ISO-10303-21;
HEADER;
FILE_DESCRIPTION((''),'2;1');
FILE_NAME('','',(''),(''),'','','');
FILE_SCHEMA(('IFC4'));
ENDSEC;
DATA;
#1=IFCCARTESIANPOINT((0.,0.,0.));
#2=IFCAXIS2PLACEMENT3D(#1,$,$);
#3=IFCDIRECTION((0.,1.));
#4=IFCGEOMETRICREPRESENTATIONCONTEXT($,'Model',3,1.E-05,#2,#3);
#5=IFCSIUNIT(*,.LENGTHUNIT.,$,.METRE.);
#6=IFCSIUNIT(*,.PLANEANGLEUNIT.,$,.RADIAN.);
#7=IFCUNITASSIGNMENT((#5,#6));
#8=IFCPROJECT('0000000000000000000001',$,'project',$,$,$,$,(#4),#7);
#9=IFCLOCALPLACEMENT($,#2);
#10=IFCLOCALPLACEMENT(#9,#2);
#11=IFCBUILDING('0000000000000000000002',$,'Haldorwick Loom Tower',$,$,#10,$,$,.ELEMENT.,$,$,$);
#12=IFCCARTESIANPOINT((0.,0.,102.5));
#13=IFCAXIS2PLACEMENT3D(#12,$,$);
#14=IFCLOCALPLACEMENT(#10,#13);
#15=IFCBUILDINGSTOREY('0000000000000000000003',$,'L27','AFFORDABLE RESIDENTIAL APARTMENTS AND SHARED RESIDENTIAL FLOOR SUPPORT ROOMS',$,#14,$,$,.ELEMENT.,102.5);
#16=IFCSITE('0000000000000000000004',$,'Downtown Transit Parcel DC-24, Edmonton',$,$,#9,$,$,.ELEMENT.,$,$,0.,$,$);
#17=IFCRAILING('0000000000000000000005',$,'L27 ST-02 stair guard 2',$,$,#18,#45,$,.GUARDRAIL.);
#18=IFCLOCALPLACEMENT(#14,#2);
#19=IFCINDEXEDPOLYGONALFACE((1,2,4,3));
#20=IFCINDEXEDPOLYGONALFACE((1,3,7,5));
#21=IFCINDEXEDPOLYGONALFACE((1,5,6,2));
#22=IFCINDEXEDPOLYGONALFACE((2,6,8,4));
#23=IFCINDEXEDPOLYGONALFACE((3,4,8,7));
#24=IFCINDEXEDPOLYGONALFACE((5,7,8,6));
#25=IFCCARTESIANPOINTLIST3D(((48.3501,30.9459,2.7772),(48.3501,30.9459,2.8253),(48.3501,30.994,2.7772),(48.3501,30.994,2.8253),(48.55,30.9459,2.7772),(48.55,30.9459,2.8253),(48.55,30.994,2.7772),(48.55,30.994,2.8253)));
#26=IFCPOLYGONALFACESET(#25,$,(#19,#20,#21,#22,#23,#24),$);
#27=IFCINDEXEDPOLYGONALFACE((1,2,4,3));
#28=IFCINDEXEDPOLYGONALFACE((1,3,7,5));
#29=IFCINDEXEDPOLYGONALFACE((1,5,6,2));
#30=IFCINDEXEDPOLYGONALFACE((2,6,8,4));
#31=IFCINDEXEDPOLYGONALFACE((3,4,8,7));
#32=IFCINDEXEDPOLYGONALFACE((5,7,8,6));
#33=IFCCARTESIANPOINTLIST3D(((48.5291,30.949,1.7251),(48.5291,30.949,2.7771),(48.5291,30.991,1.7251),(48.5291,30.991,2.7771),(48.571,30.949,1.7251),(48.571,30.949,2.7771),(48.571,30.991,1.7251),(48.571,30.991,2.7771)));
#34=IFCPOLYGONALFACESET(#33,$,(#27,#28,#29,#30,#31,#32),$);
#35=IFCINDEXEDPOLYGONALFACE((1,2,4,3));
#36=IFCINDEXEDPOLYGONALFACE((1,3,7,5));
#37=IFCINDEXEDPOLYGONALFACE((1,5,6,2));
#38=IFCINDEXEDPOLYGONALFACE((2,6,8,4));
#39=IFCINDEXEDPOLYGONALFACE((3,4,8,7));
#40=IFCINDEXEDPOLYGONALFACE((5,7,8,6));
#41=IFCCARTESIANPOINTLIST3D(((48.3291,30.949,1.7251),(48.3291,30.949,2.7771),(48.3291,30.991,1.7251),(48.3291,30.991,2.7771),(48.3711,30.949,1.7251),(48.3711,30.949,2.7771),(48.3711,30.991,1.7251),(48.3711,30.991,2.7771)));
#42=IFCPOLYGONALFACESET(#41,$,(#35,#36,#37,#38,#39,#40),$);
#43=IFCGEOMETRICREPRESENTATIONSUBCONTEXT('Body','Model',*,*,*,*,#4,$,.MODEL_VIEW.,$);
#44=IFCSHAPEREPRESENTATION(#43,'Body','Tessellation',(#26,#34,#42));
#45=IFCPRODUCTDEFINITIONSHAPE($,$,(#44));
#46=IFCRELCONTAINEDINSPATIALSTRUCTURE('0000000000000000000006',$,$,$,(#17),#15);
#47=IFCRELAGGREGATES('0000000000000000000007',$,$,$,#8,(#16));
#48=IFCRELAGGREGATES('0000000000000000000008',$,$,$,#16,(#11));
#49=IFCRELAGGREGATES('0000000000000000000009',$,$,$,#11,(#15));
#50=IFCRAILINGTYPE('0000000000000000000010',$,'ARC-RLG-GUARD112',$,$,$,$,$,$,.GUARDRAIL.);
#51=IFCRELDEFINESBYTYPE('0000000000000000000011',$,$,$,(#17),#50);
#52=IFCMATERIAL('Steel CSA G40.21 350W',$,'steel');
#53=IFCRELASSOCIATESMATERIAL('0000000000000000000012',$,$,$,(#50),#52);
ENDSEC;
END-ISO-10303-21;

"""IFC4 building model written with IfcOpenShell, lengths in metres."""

from ifc_helpers import new_model, si_unit, direction, frame, origin, origin_2d, place, context, subcontext, project, spatial, rectangle, extrude, material, type_object, element, save


model = new_model("IFC4")

# Units and contexts
model_context = context("Model", 3, precision=1e-05, world=origin(), true_north=direction((0.0, 1.0)))
body_context = subcontext(model_context, "Body", "Model", "MODEL_VIEW")
ifc_project = project(units=[si_unit("LENGTHUNIT", "METRE"), si_unit("PLANEANGLEUNIT", "RADIAN")], contexts=[model_context])

# Site, building, storey
site_placement = place(None, origin())
site = spatial("IfcSite", under=ifc_project, at=site_placement, Name="Downtown Transit Parcel DC-24, Edmonton", CompositionType="ELEMENT", RefElevation=0.0)
building_placement = place(site_placement, origin())
building = spatial("IfcBuilding", under=site, at=building_placement, Name="Haldorwick Loom Tower", CompositionType="ELEMENT")
storey_placement = place(building_placement, frame((0.0, 0.0, 102.5)))
storey = spatial("IfcBuildingStorey", under=building, at=storey_placement, Name="L27", Description="AFFORDABLE RESIDENTIAL APARTMENTS AND SHARED RESIDENTIAL FLOOR SUPPORT ROOMS", CompositionType="ELEMENT", Elevation=102.5)

# Shared definitions
ifc_material_1 = material(Name="Steel CSA G40.21 350W", Category="steel")

# Railing
railing_type_1 = type_object("IfcRailingType", Name="ARC-RLG-GUARD112", PredefinedType="GUARDRAIL", material=ifc_material_1)
railing_1_placement = place(storey_placement, frame((48.55, 30.97, 1.7251)))
element("IfcRailing", 1, at=railing_1_placement, inside=storey, type_object=railing_type_1, Name="L27 ST-02 stair guard 2", PredefinedType="GUARDRAIL", context=body_context, shape_type="SweptSolid", body=[
    extrude(rectangle(XDim=0.0481, YDim=0.0481, at=origin_2d()), frame((0.0, 0.0, 1.0762), z_axis=(-1.0, 0.0, 0.0), x_axis=(0.0, -1.0, 0.0)), (0.0, 0.0, 1.0), 0.2),
    extrude(rectangle(XDim=0.042, YDim=0.042, at=origin_2d()), origin(), (0.0, 0.0, 1.0), 1.052),
    extrude(rectangle(XDim=0.042, YDim=0.042, at=origin_2d()), frame((-0.2, 0.0, 0.0)), (0.0, 0.0, 1.0), 1.052),
])

save(model, "model.ifc")
